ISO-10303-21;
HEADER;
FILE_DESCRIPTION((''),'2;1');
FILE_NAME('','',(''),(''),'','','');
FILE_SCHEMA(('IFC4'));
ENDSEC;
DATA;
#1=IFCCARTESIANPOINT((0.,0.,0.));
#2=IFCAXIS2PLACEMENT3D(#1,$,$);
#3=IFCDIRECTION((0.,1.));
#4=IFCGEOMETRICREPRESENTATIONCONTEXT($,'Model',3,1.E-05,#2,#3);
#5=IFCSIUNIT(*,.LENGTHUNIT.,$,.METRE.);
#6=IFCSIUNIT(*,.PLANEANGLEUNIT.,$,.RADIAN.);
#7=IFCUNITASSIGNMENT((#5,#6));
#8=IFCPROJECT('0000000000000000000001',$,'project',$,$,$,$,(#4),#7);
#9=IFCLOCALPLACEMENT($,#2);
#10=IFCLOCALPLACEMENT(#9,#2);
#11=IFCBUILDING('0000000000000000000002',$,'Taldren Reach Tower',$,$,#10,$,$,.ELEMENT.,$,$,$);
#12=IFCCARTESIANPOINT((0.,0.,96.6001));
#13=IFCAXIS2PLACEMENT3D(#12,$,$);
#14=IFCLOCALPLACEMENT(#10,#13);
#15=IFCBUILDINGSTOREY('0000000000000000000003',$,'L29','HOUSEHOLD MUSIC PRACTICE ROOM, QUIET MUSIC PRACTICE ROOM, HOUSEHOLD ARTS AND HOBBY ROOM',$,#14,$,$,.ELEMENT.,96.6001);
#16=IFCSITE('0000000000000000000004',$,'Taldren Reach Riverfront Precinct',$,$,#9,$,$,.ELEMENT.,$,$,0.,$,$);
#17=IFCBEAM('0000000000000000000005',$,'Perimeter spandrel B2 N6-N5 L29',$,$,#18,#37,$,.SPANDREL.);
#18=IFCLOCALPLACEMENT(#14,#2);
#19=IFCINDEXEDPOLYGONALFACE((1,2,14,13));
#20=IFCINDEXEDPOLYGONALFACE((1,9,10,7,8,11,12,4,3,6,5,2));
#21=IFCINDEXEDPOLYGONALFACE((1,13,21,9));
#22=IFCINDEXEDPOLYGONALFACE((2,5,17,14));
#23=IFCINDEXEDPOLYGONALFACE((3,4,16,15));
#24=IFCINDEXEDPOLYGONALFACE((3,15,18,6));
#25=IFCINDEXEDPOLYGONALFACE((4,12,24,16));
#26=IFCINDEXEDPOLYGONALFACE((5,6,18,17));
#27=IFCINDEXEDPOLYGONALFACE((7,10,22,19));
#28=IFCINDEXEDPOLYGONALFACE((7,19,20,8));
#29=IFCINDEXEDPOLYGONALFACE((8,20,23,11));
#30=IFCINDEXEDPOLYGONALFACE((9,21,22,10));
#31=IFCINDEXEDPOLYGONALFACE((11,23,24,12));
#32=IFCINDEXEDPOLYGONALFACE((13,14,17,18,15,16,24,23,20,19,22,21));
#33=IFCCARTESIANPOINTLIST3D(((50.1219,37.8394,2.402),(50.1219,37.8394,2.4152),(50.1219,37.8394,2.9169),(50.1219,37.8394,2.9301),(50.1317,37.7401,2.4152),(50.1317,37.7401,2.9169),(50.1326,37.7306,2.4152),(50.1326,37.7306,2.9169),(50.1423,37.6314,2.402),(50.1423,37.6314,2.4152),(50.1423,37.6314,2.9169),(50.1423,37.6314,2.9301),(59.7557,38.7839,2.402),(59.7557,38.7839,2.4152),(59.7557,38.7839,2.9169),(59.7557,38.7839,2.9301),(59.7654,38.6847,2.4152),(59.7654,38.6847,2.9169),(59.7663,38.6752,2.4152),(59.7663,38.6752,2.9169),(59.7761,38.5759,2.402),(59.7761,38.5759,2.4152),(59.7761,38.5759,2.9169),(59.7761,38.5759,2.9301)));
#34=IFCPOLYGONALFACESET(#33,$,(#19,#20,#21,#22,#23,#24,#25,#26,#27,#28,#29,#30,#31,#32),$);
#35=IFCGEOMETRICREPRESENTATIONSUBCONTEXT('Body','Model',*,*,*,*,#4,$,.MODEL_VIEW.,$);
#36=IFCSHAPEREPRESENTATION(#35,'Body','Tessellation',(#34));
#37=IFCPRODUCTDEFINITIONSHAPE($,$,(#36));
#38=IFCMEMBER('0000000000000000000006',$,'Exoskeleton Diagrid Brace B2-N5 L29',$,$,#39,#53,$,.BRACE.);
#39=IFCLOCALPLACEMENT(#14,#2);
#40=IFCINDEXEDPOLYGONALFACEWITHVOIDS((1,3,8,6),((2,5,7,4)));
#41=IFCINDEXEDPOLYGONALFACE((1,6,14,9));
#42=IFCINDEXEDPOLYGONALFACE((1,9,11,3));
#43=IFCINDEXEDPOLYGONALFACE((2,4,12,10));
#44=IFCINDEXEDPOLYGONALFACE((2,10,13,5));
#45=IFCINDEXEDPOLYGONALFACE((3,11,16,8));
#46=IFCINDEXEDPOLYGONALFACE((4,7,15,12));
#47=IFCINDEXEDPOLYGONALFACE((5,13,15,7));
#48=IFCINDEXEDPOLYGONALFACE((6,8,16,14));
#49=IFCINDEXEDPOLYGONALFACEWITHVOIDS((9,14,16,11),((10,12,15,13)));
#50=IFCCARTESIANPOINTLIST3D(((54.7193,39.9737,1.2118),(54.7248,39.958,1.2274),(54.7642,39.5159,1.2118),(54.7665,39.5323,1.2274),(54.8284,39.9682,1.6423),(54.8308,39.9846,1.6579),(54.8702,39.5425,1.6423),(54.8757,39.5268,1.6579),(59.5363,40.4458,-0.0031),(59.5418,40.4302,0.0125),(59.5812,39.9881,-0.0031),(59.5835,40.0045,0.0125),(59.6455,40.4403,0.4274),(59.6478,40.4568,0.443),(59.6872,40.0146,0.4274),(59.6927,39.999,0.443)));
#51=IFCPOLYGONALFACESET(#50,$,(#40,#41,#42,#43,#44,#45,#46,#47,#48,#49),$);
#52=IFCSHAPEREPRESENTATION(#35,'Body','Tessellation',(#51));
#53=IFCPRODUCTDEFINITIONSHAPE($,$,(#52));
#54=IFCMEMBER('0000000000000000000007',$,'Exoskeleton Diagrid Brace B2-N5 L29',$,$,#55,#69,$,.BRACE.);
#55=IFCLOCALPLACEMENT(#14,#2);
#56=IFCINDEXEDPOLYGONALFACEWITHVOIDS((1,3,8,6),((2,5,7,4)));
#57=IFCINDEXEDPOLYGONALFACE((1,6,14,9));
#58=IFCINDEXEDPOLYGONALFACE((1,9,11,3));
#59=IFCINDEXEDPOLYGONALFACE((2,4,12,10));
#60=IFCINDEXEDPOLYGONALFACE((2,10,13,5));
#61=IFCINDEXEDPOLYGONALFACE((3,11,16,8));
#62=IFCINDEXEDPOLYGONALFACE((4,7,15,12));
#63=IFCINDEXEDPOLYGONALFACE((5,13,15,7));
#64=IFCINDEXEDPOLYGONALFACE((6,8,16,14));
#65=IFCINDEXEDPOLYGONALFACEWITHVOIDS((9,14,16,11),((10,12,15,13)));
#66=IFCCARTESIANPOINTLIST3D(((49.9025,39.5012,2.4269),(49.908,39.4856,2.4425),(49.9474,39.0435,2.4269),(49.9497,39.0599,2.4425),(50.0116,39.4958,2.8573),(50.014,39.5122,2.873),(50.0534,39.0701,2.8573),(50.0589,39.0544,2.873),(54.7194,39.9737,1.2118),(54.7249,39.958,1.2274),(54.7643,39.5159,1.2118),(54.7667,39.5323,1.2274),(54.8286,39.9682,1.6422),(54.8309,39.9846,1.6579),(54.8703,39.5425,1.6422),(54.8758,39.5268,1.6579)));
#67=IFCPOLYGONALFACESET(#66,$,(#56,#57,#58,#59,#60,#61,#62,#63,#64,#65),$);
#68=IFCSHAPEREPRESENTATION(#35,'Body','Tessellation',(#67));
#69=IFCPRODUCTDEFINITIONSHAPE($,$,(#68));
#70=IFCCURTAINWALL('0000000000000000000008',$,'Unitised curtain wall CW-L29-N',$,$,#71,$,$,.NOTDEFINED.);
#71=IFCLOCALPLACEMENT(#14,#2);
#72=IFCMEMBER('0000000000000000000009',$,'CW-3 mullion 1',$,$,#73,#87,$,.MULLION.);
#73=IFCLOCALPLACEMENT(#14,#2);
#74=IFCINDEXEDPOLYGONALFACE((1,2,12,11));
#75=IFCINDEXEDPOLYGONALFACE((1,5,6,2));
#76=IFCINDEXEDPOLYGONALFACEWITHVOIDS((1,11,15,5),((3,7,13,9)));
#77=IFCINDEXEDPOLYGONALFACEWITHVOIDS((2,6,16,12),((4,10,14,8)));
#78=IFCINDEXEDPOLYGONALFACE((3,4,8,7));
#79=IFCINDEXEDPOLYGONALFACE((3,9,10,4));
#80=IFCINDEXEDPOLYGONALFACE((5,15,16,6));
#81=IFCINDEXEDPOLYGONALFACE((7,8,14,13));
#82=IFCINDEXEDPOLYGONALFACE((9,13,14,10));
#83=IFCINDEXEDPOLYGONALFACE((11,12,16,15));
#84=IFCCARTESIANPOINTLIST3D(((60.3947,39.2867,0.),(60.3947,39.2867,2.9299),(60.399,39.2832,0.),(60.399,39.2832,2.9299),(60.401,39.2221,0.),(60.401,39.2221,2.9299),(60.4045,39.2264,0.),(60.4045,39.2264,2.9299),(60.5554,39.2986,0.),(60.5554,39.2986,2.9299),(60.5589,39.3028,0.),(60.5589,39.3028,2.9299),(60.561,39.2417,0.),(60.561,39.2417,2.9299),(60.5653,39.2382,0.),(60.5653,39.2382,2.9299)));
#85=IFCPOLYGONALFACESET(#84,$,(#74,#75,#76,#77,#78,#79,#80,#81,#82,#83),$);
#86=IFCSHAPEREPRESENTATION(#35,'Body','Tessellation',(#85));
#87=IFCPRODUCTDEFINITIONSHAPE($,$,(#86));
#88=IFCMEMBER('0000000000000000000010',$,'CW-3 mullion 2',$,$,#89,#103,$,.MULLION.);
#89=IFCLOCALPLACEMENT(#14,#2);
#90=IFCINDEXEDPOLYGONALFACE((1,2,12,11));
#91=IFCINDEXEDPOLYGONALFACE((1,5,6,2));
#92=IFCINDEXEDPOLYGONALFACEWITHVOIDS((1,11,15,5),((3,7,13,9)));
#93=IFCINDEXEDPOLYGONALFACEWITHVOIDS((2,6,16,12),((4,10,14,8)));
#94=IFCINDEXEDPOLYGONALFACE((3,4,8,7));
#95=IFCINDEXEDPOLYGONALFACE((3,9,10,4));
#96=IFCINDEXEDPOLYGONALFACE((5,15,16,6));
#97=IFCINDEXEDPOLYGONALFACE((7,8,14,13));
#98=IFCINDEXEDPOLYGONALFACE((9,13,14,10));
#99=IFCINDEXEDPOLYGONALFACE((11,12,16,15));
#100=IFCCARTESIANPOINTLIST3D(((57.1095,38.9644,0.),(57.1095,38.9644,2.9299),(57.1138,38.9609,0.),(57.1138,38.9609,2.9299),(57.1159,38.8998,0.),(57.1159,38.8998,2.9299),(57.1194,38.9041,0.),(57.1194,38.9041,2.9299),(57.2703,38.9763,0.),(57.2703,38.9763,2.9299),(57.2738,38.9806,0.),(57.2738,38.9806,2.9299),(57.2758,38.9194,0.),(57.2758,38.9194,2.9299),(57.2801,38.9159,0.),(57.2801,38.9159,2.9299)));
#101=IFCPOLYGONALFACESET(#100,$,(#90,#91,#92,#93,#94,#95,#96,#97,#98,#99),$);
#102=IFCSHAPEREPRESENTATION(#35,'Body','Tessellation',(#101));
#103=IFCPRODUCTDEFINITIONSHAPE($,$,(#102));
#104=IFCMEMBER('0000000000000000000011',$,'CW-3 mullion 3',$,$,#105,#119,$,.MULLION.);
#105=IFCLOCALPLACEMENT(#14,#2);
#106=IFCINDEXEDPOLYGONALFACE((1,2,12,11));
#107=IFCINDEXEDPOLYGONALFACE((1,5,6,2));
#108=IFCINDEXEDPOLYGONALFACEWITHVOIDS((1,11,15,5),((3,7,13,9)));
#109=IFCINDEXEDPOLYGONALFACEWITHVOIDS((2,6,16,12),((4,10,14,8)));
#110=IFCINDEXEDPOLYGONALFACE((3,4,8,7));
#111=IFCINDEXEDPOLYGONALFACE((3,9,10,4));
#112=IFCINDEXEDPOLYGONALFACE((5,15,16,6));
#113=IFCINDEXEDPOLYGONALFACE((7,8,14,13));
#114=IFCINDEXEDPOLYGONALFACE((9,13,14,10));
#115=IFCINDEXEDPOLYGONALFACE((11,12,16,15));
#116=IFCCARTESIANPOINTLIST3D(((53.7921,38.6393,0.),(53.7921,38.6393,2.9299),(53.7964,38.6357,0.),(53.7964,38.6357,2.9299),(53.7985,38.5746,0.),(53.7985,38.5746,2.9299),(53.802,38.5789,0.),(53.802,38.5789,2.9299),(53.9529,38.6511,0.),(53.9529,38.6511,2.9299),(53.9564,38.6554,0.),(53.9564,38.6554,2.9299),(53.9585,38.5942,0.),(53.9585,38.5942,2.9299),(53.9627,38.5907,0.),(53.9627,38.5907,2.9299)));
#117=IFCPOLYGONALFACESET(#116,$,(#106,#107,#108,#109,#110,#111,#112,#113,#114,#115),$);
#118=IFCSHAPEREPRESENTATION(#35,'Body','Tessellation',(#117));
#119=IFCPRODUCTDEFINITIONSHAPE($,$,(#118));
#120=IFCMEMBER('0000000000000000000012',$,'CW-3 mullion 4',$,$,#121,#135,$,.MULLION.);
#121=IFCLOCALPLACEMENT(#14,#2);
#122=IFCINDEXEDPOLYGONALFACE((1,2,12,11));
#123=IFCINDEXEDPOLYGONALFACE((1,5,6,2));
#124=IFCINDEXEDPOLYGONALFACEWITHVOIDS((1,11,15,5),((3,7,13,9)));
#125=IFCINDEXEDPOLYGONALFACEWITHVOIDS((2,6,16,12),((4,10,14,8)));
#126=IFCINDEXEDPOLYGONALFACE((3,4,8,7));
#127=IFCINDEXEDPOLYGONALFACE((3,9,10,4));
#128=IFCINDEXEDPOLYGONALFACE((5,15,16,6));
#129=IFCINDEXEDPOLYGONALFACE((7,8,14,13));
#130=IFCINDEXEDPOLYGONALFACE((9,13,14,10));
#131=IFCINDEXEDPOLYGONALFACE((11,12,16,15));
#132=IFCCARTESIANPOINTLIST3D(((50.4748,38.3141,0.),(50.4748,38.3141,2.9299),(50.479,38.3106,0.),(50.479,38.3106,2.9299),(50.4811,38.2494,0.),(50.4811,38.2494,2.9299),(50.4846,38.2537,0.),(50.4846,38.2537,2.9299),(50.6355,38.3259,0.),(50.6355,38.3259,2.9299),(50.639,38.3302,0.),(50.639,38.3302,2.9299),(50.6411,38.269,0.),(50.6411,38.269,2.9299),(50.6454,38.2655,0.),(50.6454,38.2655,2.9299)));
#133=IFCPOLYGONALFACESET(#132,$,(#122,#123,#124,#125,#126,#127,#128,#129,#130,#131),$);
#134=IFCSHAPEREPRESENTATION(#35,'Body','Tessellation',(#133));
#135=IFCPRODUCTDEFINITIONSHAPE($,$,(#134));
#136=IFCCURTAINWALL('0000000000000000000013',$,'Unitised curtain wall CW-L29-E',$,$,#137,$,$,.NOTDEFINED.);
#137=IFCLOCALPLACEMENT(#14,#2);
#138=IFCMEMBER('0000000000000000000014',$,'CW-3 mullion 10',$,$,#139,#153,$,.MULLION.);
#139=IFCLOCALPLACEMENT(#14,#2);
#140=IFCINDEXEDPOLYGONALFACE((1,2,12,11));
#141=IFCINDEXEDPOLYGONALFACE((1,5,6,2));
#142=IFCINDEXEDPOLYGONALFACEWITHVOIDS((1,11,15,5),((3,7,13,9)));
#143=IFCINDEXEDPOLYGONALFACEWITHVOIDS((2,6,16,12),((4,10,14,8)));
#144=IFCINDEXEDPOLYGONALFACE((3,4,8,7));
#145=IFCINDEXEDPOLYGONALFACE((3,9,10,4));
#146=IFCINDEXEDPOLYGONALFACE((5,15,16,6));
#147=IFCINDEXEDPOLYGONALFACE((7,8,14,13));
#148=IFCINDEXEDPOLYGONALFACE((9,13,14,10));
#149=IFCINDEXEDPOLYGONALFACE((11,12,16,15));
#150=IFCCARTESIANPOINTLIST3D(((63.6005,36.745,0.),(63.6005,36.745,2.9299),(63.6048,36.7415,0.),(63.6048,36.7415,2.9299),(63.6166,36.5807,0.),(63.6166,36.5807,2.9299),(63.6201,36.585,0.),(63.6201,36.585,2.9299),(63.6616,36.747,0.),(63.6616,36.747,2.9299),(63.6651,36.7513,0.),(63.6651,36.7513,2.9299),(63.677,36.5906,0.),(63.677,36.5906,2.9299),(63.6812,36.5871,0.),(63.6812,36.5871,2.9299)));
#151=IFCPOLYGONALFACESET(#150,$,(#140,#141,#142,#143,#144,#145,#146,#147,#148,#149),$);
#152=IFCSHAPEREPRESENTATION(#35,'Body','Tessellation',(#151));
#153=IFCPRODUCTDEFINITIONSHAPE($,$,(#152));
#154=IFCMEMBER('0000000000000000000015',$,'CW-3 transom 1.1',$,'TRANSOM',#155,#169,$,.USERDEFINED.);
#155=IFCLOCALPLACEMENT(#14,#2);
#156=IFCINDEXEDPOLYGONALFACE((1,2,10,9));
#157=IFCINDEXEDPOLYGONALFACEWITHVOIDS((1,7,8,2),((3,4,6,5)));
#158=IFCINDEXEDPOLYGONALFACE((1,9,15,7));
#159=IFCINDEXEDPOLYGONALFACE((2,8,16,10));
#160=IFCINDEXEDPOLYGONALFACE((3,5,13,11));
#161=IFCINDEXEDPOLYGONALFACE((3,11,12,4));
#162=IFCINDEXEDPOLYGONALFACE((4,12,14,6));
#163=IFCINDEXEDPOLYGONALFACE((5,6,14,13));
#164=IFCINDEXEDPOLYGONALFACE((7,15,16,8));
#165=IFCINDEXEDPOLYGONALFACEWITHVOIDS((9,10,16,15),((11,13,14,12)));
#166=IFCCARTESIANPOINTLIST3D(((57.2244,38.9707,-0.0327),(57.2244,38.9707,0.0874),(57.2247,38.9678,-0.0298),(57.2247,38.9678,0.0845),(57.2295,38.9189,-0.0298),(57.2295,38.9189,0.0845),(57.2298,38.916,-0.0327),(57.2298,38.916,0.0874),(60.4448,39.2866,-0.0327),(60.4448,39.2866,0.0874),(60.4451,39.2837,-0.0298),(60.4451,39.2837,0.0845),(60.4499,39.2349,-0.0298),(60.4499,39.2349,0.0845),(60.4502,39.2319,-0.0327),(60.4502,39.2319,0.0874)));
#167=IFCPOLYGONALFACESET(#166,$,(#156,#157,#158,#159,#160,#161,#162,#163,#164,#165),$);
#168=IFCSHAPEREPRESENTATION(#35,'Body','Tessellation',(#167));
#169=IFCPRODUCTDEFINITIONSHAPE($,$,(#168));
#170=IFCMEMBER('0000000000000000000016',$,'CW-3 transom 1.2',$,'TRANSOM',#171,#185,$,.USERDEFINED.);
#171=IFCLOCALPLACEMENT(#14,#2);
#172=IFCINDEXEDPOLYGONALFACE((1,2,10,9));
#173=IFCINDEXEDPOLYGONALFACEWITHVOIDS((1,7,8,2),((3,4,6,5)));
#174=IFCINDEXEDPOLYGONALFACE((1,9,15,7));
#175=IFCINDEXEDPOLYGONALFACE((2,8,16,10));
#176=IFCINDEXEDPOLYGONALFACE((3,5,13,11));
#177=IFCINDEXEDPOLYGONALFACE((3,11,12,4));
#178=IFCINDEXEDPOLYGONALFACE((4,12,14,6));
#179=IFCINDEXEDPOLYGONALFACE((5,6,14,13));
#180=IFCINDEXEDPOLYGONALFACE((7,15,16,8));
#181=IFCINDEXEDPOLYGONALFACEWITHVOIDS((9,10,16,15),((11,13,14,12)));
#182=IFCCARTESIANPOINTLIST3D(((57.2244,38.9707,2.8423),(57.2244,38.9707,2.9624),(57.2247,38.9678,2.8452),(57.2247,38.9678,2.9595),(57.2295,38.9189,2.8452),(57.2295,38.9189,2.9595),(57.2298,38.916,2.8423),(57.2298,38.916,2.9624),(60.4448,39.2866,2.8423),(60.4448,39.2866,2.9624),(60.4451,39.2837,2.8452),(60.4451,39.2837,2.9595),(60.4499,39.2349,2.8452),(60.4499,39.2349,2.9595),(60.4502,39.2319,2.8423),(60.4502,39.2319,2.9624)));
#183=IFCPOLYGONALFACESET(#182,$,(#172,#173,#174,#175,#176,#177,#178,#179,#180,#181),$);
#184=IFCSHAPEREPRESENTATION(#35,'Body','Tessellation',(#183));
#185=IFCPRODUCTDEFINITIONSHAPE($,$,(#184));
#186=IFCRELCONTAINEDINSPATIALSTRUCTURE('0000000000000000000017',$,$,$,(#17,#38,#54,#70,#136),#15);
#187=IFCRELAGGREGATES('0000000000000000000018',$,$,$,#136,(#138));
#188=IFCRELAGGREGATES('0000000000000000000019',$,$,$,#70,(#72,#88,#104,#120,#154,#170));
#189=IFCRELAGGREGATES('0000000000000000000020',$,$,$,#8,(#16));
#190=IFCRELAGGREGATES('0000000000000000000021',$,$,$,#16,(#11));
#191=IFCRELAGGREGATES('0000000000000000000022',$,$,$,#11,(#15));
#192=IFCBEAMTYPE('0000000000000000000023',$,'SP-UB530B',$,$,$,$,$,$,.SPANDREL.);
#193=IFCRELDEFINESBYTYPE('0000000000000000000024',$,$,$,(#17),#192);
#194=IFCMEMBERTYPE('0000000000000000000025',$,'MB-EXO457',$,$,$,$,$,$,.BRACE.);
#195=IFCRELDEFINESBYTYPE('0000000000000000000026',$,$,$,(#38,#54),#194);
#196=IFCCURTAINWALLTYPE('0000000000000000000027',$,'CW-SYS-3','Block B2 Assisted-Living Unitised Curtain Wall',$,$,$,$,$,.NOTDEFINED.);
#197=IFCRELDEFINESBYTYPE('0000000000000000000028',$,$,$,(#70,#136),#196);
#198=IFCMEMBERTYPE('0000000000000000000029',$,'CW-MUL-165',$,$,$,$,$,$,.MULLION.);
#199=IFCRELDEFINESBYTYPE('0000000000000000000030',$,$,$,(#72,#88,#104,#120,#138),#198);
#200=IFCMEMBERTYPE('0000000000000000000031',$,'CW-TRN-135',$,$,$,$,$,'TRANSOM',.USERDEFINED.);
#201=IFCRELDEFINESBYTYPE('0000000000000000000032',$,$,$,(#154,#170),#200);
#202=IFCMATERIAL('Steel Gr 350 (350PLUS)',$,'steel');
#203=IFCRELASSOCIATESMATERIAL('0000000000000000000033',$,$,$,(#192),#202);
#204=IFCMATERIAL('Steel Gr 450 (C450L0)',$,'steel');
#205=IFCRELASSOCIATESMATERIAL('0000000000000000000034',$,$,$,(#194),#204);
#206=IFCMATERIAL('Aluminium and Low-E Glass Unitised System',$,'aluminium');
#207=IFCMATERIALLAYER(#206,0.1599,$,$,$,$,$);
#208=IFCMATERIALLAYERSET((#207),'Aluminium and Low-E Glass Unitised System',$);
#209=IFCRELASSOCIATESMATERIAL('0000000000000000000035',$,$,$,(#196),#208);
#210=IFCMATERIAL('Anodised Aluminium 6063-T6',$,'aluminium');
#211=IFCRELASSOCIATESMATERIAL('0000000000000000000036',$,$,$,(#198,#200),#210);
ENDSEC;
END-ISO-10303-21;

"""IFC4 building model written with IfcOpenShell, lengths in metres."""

from ifc_helpers import new_model, si_unit, direction, frame, origin, origin_2d, place, context, subcontext, project, spatial, hollow_rectangle, i_section, extrude, source, transform, mapped, material, layer, layer_set, material_profile, profile_set, type_object, element, aggregate, save


model = new_model("IFC4")

# Units and contexts
model_context = context("Model", 3, precision=1e-05, world=origin(), true_north=direction((0.0, 1.0)))
body_context = subcontext(model_context, "Body", "Model", "MODEL_VIEW")
ifc_project = project(units=[si_unit("LENGTHUNIT", "METRE"), si_unit("PLANEANGLEUNIT", "RADIAN")], contexts=[model_context])

# Site, building, storey
site_placement = place(None, origin())
site = spatial("IfcSite", under=ifc_project, at=site_placement, Name="Taldren Reach Riverfront Precinct", CompositionType="ELEMENT", RefElevation=0.0)
building_placement = place(site_placement, origin())
building = spatial("IfcBuilding", under=site, at=building_placement, Name="Taldren Reach Tower", CompositionType="ELEMENT")
storey_placement = place(building_placement, frame((0.0, 0.0, 96.6001)))
storey = spatial("IfcBuildingStorey", under=building, at=storey_placement, Name="L29", Description="HOUSEHOLD MUSIC PRACTICE ROOM, QUIET MUSIC PRACTICE ROOM, HOUSEHOLD ARTS AND HOBBY ROOM", CompositionType="ELEMENT", Elevation=96.6001)

# Shared definitions
ifc_material_1 = material(Name="Steel Gr 350 (350PLUS)", Category="steel")

# Shared definitions
ifc_material_profile_1 = material_profile(ifc_material_1, i_section(OverallWidth=0.209, OverallDepth=0.5281, WebThickness=0.0095, FlangeThickness=0.0132, at=origin_2d()), Name="530UB82.0")
ifc_profile_set_1 = profile_set([ifc_material_profile_1], Name="Steel Gr 350 (350PLUS)")
beam_type = type_object("IfcBeamType", Name="SP-UB530B", PredefinedType="SPANDREL", material=ifc_profile_set_1)

# Shared definitions
ifc_material_2 = material(Name="Steel Gr 450 (C450L0)", Category="steel")

# Beam
shared_shape_1 = source(origin(), body_context, "Body", "SweptSolid", [
    extrude(i_section(OverallWidth=0.209, OverallDepth=0.5281, WebThickness=0.0095, FlangeThickness=0.0132, at=origin_2d()), origin(), (0.0, 0.0, 1.0), 9.6799),
])
beam_1_placement = place(storey_placement, frame((59.7659, 38.6799, 2.666), z_axis=(-0.995228, -0.097581, 0.0), x_axis=(0.097581, -0.995228, 0.0)))
element("IfcBeam", 1, at=beam_1_placement, inside=storey, type_object=beam_type, Name="Perimeter spandrel B2 N6-N5 L29", PredefinedType="SPANDREL", context=body_context, shape_type="MappedRepresentation", body=[
    mapped(shared_shape_1, transform((0.0, 0.0, 0.0), scale=1.0)),
])

# Members
ifc_material_profile_2 = material_profile(ifc_material_2, hollow_rectangle(XDim=0.46, YDim=0.46, WallThickness=0.0161, at=origin_2d()), Name="460x460x16.0SHS")
ifc_profile_set_2 = profile_set([ifc_material_profile_2], Name="Steel Gr 450 (C450L0)")
member_type_1 = type_object("IfcMemberType", Name="MB-EXO457", PredefinedType="BRACE", material=ifc_profile_set_2)
shared_shape_2 = source(origin(), body_context, "Body", "SweptSolid", [
    extrude(hollow_rectangle(XDim=0.46, YDim=0.46, WallThickness=0.0161, at=origin_2d()), origin(), (0.0, 0.0, 1.0), 4.9902),
])
for number, where, z_axis, x_axis, name in (
    (2, (59.6145, 40.2224, 0.22), (-0.965287, -0.094621, 0.24345), (0.097556, -0.99523, 0.0), "Exoskeleton Diagrid Brace B2-N5 L29"),
    (3, (54.7976, 39.7502, 1.4348), (-0.965271, -0.094668, 0.243495), (0.097606, -0.995225, 0.0), "Exoskeleton Diagrid Brace B2-N5 L29"),
):
    element("IfcMember", number, at=place(storey_placement, frame(where, z_axis=z_axis, x_axis=x_axis)), inside=storey, type_object=member_type_1, Name=name, PredefinedType="BRACE", context=body_context, shape_type="MappedRepresentation", body=[
        mapped(shared_shape_2, transform((0.0, 0.0, 0.0), scale=1.0)),
    ])

# Curtain wall, members
ifc_material_3 = material(Name="Aluminium and Low-E Glass Unitised System", Category="aluminium")
ifc_layer_1 = layer(ifc_material_3, 0.1599)
ifc_layer_set_1 = layer_set([ifc_layer_1], Name="Aluminium and Low-E Glass Unitised System")
curtain_wall_type = type_object("IfcCurtainWallType", Name="CW-SYS-3", Description="Block B2 Assisted-Living Unitised Curtain Wall", PredefinedType="NOTDEFINED", material=ifc_layer_set_1)
curtain_wall_1_placement = place(storey_placement, origin())
curtain_wall_1 = element("IfcCurtainWall", 4, at=curtain_wall_1_placement, inside=storey, type_object=curtain_wall_type, Name="Unitised curtain wall CW-L29-N", PredefinedType="NOTDEFINED")
ifc_material_4 = material(Name="Anodised Aluminium 6063-T6", Category="aluminium")
ifc_material_profile_3 = material_profile(ifc_material_4, hollow_rectangle(XDim=0.0649, YDim=0.165, WallThickness=0.0039, at=origin_2d()), Name="ALU-165x65x4RHS")
ifc_profile_set_3 = profile_set([ifc_material_profile_3], Name="Anodised Aluminium 6063-T6")
member_type_2 = type_object("IfcMemberType", Name="CW-MUL-165", PredefinedType="MULLION", material=ifc_profile_set_3)
shared_shape_3 = source(origin(), body_context, "Body", "SweptSolid", [
    extrude(hollow_rectangle(XDim=0.0649, YDim=0.165, WallThickness=0.0039, at=origin_2d()), origin(), (0.0, 0.0, 1.0), 2.9299),
])
member_1_placement = place(storey_placement, frame((60.48, 39.2625, 0.0), z_axis=(0.0, 0.0, 1.0), x_axis=(0.097583, -0.995227, 0.0)))
member_1 = element("IfcMember", 5, at=member_1_placement, type_object=member_type_2, Name="CW-3 mullion 1", PredefinedType="MULLION", context=body_context, shape_type="MappedRepresentation", body=[
    mapped(shared_shape_3, transform((0.0, 0.0, 0.0), scale=1.0)),
])
member_2_placement = place(storey_placement, frame((57.1948, 38.9402, 0.0), z_axis=(0.0, 0.0, 1.0), x_axis=(0.097583, -0.995227, 0.0)))
member_2 = element("IfcMember", 6, at=member_2_placement, type_object=member_type_2, Name="CW-3 mullion 2", PredefinedType="MULLION", context=body_context, shape_type="MappedRepresentation", body=[
    mapped(shared_shape_3, transform((0.0, 0.0, 0.0), scale=1.0)),
])
member_3_placement = place(storey_placement, frame((53.8774, 38.615, 0.0), z_axis=(0.0, 0.0, 1.0), x_axis=(0.097583, -0.995227, 0.0)))
member_3 = element("IfcMember", 7, at=member_3_placement, type_object=member_type_2, Name="CW-3 mullion 3", PredefinedType="MULLION", context=body_context, shape_type="MappedRepresentation", body=[
    mapped(shared_shape_3, transform((0.0, 0.0, 0.0), scale=1.0)),
])
member_4_placement = place(storey_placement, frame((50.5601, 38.2898, 0.0), z_axis=(0.0, 0.0, 1.0), x_axis=(0.097583, -0.995227, 0.0)))
member_4 = element("IfcMember", 8, at=member_4_placement, type_object=member_type_2, Name="CW-3 mullion 4", PredefinedType="MULLION", context=body_context, shape_type="MappedRepresentation", body=[
    mapped(shared_shape_3, transform((0.0, 0.0, 0.0), scale=1.0)),
])

# Curtain wall, member
curtain_wall_2_placement = place(storey_placement, origin())
curtain_wall_2 = element("IfcCurtainWall", 9, at=curtain_wall_2_placement, inside=storey, type_object=curtain_wall_type, Name="Unitised curtain wall CW-L29-E", PredefinedType="NOTDEFINED")
member_5_placement = place(storey_placement, frame((63.6409, 36.666, 0.0), z_axis=(0.0, 0.0, 1.0), x_axis=(-0.995227, -0.097583, 0.0)))
member_5 = element("IfcMember", 10, at=member_5_placement, type_object=member_type_2, Name="CW-3 mullion 10", PredefinedType="MULLION", context=body_context, shape_type="MappedRepresentation", body=[
    mapped(shared_shape_3, transform((0.0, 0.0, 0.0), scale=1.0)),
])
aggregate(curtain_wall_2, [member_5])

# Members
ifc_material_profile_4 = material_profile(ifc_material_4, hollow_rectangle(XDim=0.0549, YDim=0.1201, WallThickness=0.0029, at=origin_2d()), Name="ALU-120x55x3RHS")
ifc_profile_set_4 = profile_set([ifc_material_profile_4], Name="Anodised Aluminium 6063-T6")
member_type_3 = type_object("IfcMemberType", Name="CW-TRN-135", ElementType="TRANSOM", PredefinedType="USERDEFINED", material=ifc_profile_set_4)
shared_shape_4 = source(origin(), body_context, "Body", "SweptSolid", [
    extrude(hollow_rectangle(XDim=0.0549, YDim=0.1201, WallThickness=0.0029, at=origin_2d()), origin(), (0.0, 0.0, 1.0), 3.2358),
])
member_6_placement = place(storey_placement, frame((60.4475, 39.2593, 0.0273), z_axis=(-0.995223, -0.097629, 0.0), x_axis=(0.097629, -0.995223, 0.0)))
member_6 = element("IfcMember", 11, at=member_6_placement, type_object=member_type_3, Name="CW-3 transom 1.1", ObjectType="TRANSOM", PredefinedType="USERDEFINED", context=body_context, shape_type="MappedRepresentation", body=[
    mapped(shared_shape_4, transform((0.0, 0.0, 0.0), scale=1.0)),
])
member_7_placement = place(storey_placement, frame((60.4475, 39.2593, 2.9023), z_axis=(-0.995223, -0.097629, 0.0), x_axis=(0.097629, -0.995223, 0.0)))
member_7 = element("IfcMember", 12, at=member_7_placement, type_object=member_type_3, Name="CW-3 transom 1.2", ObjectType="TRANSOM", PredefinedType="USERDEFINED", context=body_context, shape_type="MappedRepresentation", body=[
    mapped(shared_shape_4, transform((0.0, 0.0, 0.0), scale=1.0)),
])

aggregate(curtain_wall_1, [member_1, member_2, member_3, member_4, member_6, member_7])

save(model, "model.ifc")
